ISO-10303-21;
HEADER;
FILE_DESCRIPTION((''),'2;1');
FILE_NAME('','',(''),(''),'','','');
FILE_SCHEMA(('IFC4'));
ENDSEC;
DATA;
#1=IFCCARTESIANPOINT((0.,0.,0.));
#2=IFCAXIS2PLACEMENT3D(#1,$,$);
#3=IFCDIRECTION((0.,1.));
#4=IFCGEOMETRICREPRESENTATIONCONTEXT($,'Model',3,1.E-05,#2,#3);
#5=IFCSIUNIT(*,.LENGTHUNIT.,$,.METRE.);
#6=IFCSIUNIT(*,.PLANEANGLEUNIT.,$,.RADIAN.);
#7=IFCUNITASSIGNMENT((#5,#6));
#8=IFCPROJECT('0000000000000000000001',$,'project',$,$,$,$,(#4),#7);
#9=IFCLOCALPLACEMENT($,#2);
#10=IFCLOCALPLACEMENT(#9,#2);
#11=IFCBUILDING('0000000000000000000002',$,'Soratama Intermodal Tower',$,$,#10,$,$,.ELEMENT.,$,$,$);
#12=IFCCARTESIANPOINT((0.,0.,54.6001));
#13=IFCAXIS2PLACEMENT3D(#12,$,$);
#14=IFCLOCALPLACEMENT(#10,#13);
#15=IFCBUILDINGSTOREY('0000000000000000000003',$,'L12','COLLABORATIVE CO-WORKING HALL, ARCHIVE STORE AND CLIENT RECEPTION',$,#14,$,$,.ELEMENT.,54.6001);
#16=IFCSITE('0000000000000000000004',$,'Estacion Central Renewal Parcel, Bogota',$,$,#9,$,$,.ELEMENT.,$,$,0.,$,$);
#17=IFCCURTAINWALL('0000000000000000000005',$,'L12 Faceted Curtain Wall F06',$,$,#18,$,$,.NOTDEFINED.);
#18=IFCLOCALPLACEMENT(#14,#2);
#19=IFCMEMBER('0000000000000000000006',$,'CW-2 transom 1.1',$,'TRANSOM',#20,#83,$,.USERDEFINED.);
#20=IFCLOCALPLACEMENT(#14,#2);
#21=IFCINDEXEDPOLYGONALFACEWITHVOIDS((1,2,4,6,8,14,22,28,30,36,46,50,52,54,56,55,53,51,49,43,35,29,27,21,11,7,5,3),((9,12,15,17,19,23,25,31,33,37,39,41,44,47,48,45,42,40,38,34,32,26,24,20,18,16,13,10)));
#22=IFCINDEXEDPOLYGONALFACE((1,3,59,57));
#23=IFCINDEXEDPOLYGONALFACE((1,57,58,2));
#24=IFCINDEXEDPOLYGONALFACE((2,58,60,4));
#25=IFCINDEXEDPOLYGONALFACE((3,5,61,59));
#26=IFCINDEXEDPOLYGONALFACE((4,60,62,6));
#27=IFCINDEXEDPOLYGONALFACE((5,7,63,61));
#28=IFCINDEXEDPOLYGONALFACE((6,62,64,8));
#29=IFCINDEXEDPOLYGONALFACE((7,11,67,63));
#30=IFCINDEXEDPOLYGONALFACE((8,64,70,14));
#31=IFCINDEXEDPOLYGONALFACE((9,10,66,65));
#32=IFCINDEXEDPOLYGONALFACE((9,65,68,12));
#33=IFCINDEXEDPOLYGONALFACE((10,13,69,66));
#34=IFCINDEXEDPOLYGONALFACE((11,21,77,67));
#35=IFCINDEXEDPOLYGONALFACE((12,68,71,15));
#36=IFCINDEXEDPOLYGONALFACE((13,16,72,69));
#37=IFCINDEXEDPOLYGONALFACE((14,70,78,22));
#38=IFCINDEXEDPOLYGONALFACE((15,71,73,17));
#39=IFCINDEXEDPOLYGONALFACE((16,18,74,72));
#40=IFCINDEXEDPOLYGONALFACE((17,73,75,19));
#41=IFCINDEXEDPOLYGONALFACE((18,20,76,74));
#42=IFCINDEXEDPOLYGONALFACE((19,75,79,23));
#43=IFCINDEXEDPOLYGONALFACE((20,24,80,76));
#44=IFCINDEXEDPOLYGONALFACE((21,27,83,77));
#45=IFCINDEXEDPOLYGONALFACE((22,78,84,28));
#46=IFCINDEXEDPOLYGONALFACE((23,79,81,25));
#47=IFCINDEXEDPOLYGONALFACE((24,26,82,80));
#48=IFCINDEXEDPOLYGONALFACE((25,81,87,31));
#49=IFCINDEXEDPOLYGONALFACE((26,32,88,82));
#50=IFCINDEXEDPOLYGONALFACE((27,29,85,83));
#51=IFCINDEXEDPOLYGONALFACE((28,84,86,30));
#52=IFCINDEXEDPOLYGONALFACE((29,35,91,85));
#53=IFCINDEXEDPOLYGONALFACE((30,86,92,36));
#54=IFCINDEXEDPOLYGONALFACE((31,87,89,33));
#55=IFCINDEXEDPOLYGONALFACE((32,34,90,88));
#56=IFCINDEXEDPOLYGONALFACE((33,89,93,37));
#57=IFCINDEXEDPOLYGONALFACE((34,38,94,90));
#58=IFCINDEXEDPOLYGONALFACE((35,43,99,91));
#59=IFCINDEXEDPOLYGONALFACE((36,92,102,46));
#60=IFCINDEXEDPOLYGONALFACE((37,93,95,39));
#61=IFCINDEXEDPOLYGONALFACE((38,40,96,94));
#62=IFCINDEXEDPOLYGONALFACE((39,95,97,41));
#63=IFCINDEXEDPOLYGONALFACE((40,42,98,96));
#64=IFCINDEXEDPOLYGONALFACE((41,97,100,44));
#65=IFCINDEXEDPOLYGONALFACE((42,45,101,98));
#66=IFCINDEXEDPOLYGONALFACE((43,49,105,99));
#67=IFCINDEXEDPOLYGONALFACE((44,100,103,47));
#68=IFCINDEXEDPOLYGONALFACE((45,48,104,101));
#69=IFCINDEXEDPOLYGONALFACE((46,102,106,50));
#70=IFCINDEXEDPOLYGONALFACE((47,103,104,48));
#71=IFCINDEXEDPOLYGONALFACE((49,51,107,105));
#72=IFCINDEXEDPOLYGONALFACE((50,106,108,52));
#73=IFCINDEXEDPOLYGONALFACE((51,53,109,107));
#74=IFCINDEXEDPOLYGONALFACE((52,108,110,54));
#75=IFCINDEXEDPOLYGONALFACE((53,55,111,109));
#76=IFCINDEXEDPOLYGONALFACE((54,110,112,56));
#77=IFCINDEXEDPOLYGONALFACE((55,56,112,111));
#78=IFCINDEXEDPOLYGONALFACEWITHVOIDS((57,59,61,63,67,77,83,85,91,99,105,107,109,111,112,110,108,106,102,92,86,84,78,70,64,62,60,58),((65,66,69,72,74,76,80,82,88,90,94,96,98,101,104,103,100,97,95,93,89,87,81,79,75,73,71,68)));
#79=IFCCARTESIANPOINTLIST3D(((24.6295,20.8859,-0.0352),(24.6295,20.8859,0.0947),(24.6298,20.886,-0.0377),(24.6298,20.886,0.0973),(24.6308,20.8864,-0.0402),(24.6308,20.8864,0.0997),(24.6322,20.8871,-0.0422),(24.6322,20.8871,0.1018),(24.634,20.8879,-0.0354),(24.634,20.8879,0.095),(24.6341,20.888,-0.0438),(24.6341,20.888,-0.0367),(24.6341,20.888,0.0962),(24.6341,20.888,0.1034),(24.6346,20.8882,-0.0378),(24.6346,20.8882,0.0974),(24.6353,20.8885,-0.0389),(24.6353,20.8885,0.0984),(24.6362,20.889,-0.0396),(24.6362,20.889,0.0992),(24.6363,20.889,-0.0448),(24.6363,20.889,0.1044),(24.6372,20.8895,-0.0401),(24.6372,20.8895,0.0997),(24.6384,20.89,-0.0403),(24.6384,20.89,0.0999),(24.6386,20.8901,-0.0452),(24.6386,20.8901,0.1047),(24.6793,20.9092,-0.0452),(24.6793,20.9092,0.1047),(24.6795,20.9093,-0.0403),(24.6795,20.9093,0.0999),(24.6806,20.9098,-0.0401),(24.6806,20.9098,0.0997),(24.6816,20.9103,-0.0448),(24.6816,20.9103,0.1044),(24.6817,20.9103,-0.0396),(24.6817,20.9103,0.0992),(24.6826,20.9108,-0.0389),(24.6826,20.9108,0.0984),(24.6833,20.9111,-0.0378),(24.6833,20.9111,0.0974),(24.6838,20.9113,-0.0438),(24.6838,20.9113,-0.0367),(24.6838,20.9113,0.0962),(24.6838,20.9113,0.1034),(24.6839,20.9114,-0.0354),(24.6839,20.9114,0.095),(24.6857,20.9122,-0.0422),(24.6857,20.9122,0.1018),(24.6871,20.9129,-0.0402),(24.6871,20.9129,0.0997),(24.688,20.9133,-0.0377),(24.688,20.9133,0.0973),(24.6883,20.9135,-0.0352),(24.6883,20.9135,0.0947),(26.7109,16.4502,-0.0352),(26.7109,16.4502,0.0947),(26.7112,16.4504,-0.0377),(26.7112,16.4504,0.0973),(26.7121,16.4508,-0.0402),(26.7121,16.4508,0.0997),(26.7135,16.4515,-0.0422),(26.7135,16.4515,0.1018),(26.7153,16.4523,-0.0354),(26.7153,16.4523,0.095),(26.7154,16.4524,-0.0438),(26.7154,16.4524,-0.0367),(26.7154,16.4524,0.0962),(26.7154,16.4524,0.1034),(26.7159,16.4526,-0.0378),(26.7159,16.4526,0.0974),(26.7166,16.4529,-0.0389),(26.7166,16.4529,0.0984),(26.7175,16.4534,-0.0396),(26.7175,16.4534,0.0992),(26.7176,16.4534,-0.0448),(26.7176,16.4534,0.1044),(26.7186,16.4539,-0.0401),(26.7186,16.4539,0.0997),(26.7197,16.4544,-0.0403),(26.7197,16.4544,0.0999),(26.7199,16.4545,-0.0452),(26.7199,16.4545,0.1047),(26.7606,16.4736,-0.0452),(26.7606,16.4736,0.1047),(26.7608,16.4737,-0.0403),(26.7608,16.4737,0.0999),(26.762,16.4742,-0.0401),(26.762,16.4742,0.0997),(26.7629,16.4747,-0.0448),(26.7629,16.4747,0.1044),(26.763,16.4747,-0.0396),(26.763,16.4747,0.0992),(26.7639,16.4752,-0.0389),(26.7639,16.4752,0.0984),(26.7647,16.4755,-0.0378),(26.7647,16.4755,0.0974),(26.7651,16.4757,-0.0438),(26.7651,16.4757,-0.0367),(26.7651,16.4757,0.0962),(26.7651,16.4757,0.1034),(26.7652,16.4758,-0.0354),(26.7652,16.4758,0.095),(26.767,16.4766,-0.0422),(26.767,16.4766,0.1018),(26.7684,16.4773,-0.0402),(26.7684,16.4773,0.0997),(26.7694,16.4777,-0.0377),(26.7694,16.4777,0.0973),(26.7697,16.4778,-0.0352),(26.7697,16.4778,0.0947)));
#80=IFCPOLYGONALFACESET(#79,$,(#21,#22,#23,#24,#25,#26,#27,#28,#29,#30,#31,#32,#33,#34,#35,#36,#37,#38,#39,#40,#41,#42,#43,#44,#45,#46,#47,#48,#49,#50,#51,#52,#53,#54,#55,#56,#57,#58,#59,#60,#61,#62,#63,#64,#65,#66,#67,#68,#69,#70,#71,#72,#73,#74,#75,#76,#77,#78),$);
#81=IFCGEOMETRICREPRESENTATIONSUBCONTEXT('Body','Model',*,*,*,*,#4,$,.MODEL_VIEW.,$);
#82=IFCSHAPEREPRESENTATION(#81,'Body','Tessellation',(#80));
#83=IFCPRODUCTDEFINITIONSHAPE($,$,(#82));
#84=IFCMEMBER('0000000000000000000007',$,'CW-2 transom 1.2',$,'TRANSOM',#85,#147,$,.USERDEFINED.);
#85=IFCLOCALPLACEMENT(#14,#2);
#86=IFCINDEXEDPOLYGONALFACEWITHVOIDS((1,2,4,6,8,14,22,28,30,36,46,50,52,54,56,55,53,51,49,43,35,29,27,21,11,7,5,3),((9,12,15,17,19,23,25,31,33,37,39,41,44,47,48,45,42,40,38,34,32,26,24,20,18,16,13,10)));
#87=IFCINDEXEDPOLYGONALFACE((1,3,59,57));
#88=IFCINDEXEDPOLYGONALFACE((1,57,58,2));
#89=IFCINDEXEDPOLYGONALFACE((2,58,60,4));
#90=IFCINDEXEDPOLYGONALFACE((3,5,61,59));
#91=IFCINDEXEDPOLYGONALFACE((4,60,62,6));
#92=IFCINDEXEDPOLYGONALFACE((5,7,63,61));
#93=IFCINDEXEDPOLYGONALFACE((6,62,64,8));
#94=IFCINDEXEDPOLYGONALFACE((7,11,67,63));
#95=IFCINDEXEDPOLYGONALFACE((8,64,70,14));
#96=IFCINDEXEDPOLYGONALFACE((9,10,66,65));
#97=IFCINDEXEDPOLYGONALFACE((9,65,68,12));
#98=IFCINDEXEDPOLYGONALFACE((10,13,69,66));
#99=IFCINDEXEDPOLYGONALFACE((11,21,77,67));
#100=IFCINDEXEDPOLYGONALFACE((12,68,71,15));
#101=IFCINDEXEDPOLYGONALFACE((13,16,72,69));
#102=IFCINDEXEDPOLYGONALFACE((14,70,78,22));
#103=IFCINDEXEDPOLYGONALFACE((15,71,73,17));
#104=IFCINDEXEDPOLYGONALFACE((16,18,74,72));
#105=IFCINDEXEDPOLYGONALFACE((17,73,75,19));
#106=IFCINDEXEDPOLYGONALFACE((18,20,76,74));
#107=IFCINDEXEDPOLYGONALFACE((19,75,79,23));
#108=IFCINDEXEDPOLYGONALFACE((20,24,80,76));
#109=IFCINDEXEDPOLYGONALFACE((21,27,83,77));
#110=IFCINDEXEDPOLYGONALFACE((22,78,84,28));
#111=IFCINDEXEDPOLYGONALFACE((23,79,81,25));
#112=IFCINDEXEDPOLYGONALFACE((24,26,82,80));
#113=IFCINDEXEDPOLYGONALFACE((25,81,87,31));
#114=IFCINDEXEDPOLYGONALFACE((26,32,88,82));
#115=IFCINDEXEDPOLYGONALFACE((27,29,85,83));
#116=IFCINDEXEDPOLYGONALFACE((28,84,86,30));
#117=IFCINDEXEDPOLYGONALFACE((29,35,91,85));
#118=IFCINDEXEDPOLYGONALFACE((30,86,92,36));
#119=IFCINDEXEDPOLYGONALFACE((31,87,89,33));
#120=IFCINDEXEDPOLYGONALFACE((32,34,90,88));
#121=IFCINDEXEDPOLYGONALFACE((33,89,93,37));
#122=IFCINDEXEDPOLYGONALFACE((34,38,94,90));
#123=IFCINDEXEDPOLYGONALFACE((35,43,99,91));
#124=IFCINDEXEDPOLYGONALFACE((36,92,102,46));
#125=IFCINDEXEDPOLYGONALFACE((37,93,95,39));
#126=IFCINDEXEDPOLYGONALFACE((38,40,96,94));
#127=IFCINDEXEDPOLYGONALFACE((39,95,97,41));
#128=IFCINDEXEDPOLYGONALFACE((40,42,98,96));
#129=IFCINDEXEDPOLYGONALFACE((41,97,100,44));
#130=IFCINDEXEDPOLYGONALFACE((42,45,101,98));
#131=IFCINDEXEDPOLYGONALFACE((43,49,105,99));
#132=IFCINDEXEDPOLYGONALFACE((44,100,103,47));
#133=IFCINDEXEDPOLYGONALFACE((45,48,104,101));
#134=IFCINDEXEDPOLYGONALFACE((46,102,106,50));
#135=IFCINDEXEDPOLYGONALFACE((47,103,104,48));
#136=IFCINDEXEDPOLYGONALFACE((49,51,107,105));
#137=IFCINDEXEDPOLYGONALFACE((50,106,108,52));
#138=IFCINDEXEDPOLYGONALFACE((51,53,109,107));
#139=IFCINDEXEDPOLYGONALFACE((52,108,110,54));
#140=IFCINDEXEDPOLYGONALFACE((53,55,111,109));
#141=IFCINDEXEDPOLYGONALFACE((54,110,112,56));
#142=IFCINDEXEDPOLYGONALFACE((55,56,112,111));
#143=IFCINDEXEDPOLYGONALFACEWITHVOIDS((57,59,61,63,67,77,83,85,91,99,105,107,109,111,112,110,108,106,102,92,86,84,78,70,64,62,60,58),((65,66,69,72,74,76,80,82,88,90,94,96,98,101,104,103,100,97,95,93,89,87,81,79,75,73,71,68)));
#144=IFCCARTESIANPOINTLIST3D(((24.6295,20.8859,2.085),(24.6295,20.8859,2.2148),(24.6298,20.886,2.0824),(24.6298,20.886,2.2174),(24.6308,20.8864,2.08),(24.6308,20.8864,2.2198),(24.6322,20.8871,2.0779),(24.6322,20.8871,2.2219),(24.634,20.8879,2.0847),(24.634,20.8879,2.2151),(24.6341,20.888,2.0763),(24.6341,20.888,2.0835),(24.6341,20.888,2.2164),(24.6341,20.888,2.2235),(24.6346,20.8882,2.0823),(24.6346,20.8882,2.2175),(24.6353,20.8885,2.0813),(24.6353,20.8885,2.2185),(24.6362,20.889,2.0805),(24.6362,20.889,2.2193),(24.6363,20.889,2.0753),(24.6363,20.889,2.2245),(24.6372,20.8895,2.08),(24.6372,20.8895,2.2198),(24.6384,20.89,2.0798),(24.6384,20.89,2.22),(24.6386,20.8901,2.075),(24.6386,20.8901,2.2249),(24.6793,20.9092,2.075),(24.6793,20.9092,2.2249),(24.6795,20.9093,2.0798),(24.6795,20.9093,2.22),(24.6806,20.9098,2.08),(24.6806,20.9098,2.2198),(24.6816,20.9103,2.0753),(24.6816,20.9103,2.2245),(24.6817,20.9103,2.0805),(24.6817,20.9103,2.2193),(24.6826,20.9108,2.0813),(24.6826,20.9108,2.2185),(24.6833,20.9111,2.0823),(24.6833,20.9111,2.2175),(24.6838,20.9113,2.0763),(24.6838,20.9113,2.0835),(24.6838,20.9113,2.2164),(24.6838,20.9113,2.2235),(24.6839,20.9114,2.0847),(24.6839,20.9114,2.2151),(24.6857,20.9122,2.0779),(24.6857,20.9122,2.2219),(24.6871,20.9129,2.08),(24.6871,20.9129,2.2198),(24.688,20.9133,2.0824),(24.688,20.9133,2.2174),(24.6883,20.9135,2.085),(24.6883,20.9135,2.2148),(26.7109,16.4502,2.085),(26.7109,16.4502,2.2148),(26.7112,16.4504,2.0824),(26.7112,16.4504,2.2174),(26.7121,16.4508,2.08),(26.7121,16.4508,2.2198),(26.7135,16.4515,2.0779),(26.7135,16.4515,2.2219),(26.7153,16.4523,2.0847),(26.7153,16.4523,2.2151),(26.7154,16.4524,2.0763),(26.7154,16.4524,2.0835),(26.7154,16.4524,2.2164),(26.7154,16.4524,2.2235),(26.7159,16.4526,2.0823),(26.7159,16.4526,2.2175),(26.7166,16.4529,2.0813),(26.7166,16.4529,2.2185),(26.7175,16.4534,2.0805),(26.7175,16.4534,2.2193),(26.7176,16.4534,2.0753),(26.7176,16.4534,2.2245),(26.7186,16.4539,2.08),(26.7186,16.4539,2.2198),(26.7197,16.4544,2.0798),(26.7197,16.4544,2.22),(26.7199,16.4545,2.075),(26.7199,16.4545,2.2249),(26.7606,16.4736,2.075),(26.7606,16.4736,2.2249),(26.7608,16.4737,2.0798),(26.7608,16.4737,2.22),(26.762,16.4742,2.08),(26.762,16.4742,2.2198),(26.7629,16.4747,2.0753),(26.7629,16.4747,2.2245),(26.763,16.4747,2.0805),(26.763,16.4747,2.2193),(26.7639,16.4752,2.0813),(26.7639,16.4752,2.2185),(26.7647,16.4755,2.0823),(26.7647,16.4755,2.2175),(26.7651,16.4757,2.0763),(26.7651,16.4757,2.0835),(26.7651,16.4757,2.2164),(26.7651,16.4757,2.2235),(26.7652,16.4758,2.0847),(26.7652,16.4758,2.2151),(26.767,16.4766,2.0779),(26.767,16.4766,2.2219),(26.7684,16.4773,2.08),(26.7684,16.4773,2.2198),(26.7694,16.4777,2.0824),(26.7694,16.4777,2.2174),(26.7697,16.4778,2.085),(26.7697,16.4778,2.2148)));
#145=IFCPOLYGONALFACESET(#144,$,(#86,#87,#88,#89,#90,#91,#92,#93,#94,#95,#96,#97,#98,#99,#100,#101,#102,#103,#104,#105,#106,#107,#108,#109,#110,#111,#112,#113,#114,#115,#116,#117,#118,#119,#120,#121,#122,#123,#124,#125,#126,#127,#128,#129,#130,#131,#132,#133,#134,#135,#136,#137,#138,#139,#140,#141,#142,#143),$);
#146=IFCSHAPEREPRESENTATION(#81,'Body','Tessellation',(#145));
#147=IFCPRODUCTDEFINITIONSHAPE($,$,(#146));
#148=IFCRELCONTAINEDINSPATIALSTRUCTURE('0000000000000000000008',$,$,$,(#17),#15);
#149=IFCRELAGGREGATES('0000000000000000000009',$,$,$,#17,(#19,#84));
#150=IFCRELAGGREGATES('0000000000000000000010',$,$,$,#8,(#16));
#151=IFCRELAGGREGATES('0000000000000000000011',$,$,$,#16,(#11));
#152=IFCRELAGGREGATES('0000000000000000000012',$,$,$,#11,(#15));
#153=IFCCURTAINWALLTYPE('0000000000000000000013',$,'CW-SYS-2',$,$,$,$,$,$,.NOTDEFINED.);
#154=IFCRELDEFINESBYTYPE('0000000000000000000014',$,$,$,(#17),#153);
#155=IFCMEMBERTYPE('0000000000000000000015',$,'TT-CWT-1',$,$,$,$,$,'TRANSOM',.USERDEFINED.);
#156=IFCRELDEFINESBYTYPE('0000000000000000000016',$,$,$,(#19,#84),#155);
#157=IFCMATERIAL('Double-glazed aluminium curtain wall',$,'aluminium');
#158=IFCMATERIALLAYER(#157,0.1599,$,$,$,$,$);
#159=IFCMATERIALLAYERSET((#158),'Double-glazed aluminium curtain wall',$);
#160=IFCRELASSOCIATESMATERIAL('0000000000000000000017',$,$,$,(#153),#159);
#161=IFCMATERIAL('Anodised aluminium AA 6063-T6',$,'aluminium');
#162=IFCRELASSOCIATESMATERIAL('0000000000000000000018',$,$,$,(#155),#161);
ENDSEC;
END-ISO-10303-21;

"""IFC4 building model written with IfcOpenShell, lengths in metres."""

from ifc_helpers import new_model, si_unit, direction, frame, origin, origin_2d, place, context, subcontext, project, spatial, hollow_rectangle, extrude, material, layer, layer_set, material_profile, profile_set, type_object, element, aggregate, save


model = new_model("IFC4")

# Units and contexts
model_context = context("Model", 3, precision=1e-05, world=origin(), true_north=direction((0.0, 1.0)))
body_context = subcontext(model_context, "Body", "Model", "MODEL_VIEW")
ifc_project = project(units=[si_unit("LENGTHUNIT", "METRE"), si_unit("PLANEANGLEUNIT", "RADIAN")], contexts=[model_context])

# Site, building, storey
site_placement = place(None, origin())
site = spatial("IfcSite", under=ifc_project, at=site_placement, Name="Estacion Central Renewal Parcel, Bogota", CompositionType="ELEMENT", RefElevation=0.0)
building_placement = place(site_placement, origin())
building = spatial("IfcBuilding", under=site, at=building_placement, Name="Soratama Intermodal Tower", CompositionType="ELEMENT")
storey_placement = place(building_placement, frame((0.0, 0.0, 54.6001)))
storey = spatial("IfcBuildingStorey", under=building, at=storey_placement, Name="L12", Description="COLLABORATIVE CO-WORKING HALL, ARCHIVE STORE AND CLIENT RECEPTION", CompositionType="ELEMENT", Elevation=54.6001)

# Curtain wall, members
ifc_material_1 = material(Name="Double-glazed aluminium curtain wall", Category="aluminium")
ifc_layer_1 = layer(ifc_material_1, 0.1599)
ifc_layer_set_1 = layer_set([ifc_layer_1], Name="Double-glazed aluminium curtain wall")
curtain_wall_type = type_object("IfcCurtainWallType", Name="CW-SYS-2", PredefinedType="NOTDEFINED", material=ifc_layer_set_1)
curtain_wall_placement = place(storey_placement, origin())
curtain_wall = element("IfcCurtainWall", 1, at=curtain_wall_placement, inside=storey, type_object=curtain_wall_type, Name="L12 Faceted Curtain Wall F06", PredefinedType="NOTDEFINED")
ifc_material_2 = material(Name="Anodised aluminium AA 6063-T6", Category="aluminium")
ifc_material_profile_1 = material_profile(ifc_material_2, hollow_rectangle(XDim=0.0649, YDim=0.1499, WallThickness=0.0049, InnerFilletRadius=0.0049, OuterFilletRadius=0.01, at=origin_2d()), Name="CWT150X65X5")
ifc_profile_set_1 = profile_set([ifc_material_profile_1], Name="Anodised aluminium AA 6063-T6")
member_type_1 = type_object("IfcMemberType", Name="TT-CWT-1", ElementType="TRANSOM", PredefinedType="USERDEFINED", material=ifc_profile_set_1)
member_1_placement = place(storey_placement, frame((24.6589, 20.8997, 0.0298), z_axis=(0.424791, -0.905291, 0.0), x_axis=(0.905291, 0.424791, 0.0)))
member_1 = element("IfcMember", 2, at=member_1_placement, type_object=member_type_1, Name="CW-2 transom 1.1", ObjectType="TRANSOM", PredefinedType="USERDEFINED", context=body_context, shape_type="SweptSolid", body=[
    extrude(hollow_rectangle(XDim=0.0649, YDim=0.1499, WallThickness=0.0049, InnerFilletRadius=0.0049, OuterFilletRadius=0.01, at=origin_2d()), origin(), (0.0, 0.0, 1.0), 4.8997),
])
member_2_placement = place(storey_placement, frame((24.6589, 20.8997, 2.1499), z_axis=(0.424791, -0.905291, 0.0), x_axis=(0.905291, 0.424791, 0.0)))
member_2 = element("IfcMember", 3, at=member_2_placement, type_object=member_type_1, Name="CW-2 transom 1.2", ObjectType="TRANSOM", PredefinedType="USERDEFINED", context=body_context, shape_type="SweptSolid", body=[
    extrude(hollow_rectangle(XDim=0.0649, YDim=0.1499, WallThickness=0.0049, InnerFilletRadius=0.0049, OuterFilletRadius=0.01, at=origin_2d()), origin(), (0.0, 0.0, 1.0), 4.8997),
])
aggregate(curtain_wall, [member_1, member_2])

save(model, "model.ifc")
